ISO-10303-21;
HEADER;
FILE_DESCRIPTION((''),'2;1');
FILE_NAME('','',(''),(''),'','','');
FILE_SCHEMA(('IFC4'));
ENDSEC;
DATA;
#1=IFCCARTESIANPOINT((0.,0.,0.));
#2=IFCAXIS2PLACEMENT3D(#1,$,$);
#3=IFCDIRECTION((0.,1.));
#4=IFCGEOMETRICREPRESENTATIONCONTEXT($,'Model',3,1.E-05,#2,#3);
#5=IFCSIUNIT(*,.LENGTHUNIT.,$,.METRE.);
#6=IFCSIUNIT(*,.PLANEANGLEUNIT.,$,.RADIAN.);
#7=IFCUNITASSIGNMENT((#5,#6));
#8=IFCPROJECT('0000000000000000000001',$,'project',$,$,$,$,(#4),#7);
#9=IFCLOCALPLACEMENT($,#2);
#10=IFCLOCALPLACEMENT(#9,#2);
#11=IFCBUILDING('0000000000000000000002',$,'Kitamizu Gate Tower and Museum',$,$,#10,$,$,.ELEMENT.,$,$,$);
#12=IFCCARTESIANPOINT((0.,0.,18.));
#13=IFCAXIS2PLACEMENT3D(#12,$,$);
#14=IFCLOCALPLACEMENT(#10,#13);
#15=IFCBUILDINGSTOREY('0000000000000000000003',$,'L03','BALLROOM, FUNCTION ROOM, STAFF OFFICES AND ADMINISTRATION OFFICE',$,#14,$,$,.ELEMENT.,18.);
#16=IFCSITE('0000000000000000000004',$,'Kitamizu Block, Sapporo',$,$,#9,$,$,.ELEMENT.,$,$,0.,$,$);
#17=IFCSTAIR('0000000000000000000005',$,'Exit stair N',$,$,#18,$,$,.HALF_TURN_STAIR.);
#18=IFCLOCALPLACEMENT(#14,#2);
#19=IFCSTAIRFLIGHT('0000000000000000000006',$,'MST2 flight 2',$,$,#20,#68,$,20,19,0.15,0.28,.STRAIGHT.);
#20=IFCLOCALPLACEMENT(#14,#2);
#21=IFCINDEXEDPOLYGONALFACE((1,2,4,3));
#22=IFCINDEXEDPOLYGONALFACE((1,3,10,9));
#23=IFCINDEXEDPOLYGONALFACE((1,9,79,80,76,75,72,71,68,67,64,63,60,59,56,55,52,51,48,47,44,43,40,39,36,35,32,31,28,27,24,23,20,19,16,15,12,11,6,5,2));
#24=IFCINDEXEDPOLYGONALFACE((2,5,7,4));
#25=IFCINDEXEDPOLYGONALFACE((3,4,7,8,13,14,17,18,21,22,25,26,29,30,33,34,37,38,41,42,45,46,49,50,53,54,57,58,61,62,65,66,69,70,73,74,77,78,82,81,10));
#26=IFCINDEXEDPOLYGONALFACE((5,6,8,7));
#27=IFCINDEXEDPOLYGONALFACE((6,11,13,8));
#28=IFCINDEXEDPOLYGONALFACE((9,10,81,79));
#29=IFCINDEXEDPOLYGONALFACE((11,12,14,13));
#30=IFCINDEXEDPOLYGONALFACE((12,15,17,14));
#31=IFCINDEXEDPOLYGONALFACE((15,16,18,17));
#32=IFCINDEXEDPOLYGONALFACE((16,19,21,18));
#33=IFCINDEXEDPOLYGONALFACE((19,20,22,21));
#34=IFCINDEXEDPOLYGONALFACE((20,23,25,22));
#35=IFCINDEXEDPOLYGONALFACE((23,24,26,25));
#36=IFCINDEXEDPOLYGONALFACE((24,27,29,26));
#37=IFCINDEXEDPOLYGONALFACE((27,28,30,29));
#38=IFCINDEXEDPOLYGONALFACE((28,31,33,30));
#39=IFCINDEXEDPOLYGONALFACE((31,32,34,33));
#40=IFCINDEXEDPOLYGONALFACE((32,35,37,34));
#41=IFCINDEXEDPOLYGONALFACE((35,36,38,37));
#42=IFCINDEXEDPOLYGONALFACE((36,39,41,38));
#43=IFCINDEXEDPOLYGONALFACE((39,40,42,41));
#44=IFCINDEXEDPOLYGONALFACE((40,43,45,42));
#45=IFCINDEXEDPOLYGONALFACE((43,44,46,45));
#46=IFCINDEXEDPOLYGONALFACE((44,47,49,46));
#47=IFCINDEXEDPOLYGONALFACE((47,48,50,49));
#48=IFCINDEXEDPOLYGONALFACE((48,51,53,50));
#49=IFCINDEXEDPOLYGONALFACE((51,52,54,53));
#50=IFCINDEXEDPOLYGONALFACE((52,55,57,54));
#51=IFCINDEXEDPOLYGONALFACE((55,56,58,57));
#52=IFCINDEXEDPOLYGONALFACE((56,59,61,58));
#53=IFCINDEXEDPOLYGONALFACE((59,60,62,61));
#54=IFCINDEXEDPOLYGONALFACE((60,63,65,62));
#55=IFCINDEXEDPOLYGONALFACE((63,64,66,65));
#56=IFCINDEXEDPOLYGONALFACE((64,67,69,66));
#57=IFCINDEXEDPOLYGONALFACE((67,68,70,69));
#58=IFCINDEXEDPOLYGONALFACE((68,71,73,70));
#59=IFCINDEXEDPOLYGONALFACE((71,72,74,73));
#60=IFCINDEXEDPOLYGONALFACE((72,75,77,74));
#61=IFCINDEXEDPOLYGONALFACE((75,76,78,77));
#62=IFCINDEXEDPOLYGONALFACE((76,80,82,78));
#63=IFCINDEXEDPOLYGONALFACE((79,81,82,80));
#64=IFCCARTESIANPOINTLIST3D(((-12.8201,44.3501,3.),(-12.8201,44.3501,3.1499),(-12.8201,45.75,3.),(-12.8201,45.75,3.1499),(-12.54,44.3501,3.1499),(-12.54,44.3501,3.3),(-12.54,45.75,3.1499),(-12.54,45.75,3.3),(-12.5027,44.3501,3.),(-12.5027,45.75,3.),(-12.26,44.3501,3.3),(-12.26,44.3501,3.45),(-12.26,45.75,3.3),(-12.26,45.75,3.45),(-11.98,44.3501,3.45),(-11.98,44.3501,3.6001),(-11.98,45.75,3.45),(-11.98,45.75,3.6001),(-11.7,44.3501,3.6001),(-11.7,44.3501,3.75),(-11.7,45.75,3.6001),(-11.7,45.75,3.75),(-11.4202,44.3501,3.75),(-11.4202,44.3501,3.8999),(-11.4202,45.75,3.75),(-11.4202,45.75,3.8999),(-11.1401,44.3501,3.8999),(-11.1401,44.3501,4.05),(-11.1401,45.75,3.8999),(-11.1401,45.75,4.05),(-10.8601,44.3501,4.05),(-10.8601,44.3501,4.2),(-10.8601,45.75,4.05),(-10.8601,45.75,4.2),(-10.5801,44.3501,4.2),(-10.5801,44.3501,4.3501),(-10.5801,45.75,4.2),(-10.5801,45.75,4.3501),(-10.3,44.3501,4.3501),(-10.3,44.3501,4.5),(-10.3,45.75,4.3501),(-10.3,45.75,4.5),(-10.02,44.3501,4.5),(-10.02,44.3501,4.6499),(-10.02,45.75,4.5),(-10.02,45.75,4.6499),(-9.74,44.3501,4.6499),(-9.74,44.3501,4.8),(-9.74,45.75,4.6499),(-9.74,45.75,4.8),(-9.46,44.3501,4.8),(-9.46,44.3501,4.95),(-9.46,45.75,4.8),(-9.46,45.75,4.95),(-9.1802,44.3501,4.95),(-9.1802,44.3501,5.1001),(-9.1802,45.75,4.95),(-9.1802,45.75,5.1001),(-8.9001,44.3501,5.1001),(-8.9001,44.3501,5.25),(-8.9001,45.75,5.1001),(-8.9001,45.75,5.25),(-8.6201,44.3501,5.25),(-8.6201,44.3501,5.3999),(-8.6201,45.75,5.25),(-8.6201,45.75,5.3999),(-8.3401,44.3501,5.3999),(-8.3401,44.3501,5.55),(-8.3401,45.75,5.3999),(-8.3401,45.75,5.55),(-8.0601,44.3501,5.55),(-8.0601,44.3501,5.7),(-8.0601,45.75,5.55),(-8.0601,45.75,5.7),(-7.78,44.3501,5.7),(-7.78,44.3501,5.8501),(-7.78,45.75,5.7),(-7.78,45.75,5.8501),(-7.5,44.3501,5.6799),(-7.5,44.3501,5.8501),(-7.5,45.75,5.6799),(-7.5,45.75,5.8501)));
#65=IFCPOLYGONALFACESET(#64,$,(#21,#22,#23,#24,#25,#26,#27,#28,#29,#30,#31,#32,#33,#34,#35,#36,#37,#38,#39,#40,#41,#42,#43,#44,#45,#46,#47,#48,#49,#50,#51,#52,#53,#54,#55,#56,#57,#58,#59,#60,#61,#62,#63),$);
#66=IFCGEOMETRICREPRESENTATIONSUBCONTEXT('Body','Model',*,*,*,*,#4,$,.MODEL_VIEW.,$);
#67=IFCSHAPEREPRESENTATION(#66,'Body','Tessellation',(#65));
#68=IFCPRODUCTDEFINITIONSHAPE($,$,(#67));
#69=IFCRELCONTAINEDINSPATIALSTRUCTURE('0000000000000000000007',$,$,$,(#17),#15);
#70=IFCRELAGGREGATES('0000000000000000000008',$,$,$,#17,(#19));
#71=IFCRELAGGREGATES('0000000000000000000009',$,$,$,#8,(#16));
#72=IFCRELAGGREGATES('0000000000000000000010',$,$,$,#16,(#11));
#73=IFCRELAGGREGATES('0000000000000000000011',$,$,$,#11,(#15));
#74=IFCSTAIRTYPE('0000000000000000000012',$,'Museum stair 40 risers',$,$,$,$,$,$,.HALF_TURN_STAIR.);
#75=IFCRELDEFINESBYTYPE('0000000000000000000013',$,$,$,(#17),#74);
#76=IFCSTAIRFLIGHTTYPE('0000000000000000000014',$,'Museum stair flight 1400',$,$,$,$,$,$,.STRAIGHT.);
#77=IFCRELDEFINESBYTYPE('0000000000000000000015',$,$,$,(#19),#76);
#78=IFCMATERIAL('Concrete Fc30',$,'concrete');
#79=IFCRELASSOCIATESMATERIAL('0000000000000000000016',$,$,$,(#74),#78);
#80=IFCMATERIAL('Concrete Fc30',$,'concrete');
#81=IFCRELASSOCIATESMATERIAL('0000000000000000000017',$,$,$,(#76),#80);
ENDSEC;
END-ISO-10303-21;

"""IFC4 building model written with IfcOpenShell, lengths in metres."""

from ifc_helpers import new_model, si_unit, direction, frame, origin, place, context, subcontext, project, spatial, polyline, outline, extrude, material, type_object, element, aggregate, save


model = new_model("IFC4")

# Units and contexts
model_context = context("Model", 3, precision=1e-05, world=origin(), true_north=direction((0.0, 1.0)))
body_context = subcontext(model_context, "Body", "Model", "MODEL_VIEW")
ifc_project = project(units=[si_unit("LENGTHUNIT", "METRE"), si_unit("PLANEANGLEUNIT", "RADIAN")], contexts=[model_context])

# Site, building, storey
site_placement = place(None, origin())
site = spatial("IfcSite", under=ifc_project, at=site_placement, Name="Kitamizu Block, Sapporo", CompositionType="ELEMENT", RefElevation=0.0)
building_placement = place(site_placement, origin())
building = spatial("IfcBuilding", under=site, at=building_placement, Name="Kitamizu Gate Tower and Museum", CompositionType="ELEMENT")
storey_placement = place(building_placement, frame((0.0, 0.0, 18.0)))
storey = spatial("IfcBuildingStorey", under=building, at=storey_placement, Name="L03", Description="BALLROOM, FUNCTION ROOM, STAFF OFFICES AND ADMINISTRATION OFFICE", CompositionType="ELEMENT", Elevation=18.0)

# Stair, stair flight
ifc_material_1 = material(Name="Concrete Fc30", Category="concrete")
stair_type = type_object("IfcStairType", Name="Museum stair 40 risers", PredefinedType="HALF_TURN_STAIR", material=ifc_material_1)
stair_placement = place(storey_placement, origin())
stair = element("IfcStair", 1, at=stair_placement, inside=storey, type_object=stair_type, Name="Exit stair N", PredefinedType="HALF_TURN_STAIR")
ifc_material_2 = material(Name="Concrete Fc30", Category="concrete")
stair_flight_type = type_object("IfcStairFlightType", Name="Museum stair flight 1400", PredefinedType="STRAIGHT", material=ifc_material_2)
stair_flight_1_placement = place(storey_placement, frame((-12.8201, 45.05, 3.0), z_axis=(0.0, 0.0, 1.0), x_axis=(1.0, 0.0, 0.0)))
stair_flight_1 = element("IfcStairFlight", 2, at=stair_flight_1_placement, type_object=stair_flight_type, Name="MST2 flight 2", NumberOfRisers=20, NumberOfTreads=19, PredefinedType="STRAIGHT", RiserHeight=0.15, TreadLength=0.28, context=body_context, shape_type="SweptSolid", body=[
    extrude(outline(polyline([(0.0, 0.0), (0.0, 0.1499), (0.28, 0.1499), (0.28, 0.3), (0.5601, 0.3), (0.5601, 0.45), (0.8401, 0.45), (0.8401, 0.6001), (1.1201, 0.6001), (1.1201, 0.75), (1.3999, 0.75), (1.3999, 0.8999), (1.6799, 0.8999), (1.6799, 1.05), (1.96, 1.05), (1.96, 1.2), (2.24, 1.2), (2.24, 1.3501), (2.52, 1.3501), (2.52, 1.5), (2.8, 1.5), (2.8, 1.6499), (3.0801, 1.6499), (3.0801, 1.8), (3.3601, 1.8), (3.3601, 1.95), (3.6399, 1.95), (3.6399, 2.1001), (3.9199, 2.1001), (3.9199, 2.25), (4.2, 2.25), (4.2, 2.3999), (4.48, 2.3999), (4.48, 2.55), (4.76, 2.55), (4.76, 2.7), (5.04, 2.7), (5.04, 2.8501), (5.3201, 2.8501), (5.3201, 3.0), (5.3201, 2.6799), (0.3174, 0.0), (0.0, 0.0)])), frame((0.0, 0.7, 0.0), z_axis=(0.0, -1.0, 0.0), x_axis=(1.0, 0.0, 0.0)), (0.0, 0.0, 1.0), 1.3999),
])
aggregate(stair, [stair_flight_1])

save(model, "model.ifc")
